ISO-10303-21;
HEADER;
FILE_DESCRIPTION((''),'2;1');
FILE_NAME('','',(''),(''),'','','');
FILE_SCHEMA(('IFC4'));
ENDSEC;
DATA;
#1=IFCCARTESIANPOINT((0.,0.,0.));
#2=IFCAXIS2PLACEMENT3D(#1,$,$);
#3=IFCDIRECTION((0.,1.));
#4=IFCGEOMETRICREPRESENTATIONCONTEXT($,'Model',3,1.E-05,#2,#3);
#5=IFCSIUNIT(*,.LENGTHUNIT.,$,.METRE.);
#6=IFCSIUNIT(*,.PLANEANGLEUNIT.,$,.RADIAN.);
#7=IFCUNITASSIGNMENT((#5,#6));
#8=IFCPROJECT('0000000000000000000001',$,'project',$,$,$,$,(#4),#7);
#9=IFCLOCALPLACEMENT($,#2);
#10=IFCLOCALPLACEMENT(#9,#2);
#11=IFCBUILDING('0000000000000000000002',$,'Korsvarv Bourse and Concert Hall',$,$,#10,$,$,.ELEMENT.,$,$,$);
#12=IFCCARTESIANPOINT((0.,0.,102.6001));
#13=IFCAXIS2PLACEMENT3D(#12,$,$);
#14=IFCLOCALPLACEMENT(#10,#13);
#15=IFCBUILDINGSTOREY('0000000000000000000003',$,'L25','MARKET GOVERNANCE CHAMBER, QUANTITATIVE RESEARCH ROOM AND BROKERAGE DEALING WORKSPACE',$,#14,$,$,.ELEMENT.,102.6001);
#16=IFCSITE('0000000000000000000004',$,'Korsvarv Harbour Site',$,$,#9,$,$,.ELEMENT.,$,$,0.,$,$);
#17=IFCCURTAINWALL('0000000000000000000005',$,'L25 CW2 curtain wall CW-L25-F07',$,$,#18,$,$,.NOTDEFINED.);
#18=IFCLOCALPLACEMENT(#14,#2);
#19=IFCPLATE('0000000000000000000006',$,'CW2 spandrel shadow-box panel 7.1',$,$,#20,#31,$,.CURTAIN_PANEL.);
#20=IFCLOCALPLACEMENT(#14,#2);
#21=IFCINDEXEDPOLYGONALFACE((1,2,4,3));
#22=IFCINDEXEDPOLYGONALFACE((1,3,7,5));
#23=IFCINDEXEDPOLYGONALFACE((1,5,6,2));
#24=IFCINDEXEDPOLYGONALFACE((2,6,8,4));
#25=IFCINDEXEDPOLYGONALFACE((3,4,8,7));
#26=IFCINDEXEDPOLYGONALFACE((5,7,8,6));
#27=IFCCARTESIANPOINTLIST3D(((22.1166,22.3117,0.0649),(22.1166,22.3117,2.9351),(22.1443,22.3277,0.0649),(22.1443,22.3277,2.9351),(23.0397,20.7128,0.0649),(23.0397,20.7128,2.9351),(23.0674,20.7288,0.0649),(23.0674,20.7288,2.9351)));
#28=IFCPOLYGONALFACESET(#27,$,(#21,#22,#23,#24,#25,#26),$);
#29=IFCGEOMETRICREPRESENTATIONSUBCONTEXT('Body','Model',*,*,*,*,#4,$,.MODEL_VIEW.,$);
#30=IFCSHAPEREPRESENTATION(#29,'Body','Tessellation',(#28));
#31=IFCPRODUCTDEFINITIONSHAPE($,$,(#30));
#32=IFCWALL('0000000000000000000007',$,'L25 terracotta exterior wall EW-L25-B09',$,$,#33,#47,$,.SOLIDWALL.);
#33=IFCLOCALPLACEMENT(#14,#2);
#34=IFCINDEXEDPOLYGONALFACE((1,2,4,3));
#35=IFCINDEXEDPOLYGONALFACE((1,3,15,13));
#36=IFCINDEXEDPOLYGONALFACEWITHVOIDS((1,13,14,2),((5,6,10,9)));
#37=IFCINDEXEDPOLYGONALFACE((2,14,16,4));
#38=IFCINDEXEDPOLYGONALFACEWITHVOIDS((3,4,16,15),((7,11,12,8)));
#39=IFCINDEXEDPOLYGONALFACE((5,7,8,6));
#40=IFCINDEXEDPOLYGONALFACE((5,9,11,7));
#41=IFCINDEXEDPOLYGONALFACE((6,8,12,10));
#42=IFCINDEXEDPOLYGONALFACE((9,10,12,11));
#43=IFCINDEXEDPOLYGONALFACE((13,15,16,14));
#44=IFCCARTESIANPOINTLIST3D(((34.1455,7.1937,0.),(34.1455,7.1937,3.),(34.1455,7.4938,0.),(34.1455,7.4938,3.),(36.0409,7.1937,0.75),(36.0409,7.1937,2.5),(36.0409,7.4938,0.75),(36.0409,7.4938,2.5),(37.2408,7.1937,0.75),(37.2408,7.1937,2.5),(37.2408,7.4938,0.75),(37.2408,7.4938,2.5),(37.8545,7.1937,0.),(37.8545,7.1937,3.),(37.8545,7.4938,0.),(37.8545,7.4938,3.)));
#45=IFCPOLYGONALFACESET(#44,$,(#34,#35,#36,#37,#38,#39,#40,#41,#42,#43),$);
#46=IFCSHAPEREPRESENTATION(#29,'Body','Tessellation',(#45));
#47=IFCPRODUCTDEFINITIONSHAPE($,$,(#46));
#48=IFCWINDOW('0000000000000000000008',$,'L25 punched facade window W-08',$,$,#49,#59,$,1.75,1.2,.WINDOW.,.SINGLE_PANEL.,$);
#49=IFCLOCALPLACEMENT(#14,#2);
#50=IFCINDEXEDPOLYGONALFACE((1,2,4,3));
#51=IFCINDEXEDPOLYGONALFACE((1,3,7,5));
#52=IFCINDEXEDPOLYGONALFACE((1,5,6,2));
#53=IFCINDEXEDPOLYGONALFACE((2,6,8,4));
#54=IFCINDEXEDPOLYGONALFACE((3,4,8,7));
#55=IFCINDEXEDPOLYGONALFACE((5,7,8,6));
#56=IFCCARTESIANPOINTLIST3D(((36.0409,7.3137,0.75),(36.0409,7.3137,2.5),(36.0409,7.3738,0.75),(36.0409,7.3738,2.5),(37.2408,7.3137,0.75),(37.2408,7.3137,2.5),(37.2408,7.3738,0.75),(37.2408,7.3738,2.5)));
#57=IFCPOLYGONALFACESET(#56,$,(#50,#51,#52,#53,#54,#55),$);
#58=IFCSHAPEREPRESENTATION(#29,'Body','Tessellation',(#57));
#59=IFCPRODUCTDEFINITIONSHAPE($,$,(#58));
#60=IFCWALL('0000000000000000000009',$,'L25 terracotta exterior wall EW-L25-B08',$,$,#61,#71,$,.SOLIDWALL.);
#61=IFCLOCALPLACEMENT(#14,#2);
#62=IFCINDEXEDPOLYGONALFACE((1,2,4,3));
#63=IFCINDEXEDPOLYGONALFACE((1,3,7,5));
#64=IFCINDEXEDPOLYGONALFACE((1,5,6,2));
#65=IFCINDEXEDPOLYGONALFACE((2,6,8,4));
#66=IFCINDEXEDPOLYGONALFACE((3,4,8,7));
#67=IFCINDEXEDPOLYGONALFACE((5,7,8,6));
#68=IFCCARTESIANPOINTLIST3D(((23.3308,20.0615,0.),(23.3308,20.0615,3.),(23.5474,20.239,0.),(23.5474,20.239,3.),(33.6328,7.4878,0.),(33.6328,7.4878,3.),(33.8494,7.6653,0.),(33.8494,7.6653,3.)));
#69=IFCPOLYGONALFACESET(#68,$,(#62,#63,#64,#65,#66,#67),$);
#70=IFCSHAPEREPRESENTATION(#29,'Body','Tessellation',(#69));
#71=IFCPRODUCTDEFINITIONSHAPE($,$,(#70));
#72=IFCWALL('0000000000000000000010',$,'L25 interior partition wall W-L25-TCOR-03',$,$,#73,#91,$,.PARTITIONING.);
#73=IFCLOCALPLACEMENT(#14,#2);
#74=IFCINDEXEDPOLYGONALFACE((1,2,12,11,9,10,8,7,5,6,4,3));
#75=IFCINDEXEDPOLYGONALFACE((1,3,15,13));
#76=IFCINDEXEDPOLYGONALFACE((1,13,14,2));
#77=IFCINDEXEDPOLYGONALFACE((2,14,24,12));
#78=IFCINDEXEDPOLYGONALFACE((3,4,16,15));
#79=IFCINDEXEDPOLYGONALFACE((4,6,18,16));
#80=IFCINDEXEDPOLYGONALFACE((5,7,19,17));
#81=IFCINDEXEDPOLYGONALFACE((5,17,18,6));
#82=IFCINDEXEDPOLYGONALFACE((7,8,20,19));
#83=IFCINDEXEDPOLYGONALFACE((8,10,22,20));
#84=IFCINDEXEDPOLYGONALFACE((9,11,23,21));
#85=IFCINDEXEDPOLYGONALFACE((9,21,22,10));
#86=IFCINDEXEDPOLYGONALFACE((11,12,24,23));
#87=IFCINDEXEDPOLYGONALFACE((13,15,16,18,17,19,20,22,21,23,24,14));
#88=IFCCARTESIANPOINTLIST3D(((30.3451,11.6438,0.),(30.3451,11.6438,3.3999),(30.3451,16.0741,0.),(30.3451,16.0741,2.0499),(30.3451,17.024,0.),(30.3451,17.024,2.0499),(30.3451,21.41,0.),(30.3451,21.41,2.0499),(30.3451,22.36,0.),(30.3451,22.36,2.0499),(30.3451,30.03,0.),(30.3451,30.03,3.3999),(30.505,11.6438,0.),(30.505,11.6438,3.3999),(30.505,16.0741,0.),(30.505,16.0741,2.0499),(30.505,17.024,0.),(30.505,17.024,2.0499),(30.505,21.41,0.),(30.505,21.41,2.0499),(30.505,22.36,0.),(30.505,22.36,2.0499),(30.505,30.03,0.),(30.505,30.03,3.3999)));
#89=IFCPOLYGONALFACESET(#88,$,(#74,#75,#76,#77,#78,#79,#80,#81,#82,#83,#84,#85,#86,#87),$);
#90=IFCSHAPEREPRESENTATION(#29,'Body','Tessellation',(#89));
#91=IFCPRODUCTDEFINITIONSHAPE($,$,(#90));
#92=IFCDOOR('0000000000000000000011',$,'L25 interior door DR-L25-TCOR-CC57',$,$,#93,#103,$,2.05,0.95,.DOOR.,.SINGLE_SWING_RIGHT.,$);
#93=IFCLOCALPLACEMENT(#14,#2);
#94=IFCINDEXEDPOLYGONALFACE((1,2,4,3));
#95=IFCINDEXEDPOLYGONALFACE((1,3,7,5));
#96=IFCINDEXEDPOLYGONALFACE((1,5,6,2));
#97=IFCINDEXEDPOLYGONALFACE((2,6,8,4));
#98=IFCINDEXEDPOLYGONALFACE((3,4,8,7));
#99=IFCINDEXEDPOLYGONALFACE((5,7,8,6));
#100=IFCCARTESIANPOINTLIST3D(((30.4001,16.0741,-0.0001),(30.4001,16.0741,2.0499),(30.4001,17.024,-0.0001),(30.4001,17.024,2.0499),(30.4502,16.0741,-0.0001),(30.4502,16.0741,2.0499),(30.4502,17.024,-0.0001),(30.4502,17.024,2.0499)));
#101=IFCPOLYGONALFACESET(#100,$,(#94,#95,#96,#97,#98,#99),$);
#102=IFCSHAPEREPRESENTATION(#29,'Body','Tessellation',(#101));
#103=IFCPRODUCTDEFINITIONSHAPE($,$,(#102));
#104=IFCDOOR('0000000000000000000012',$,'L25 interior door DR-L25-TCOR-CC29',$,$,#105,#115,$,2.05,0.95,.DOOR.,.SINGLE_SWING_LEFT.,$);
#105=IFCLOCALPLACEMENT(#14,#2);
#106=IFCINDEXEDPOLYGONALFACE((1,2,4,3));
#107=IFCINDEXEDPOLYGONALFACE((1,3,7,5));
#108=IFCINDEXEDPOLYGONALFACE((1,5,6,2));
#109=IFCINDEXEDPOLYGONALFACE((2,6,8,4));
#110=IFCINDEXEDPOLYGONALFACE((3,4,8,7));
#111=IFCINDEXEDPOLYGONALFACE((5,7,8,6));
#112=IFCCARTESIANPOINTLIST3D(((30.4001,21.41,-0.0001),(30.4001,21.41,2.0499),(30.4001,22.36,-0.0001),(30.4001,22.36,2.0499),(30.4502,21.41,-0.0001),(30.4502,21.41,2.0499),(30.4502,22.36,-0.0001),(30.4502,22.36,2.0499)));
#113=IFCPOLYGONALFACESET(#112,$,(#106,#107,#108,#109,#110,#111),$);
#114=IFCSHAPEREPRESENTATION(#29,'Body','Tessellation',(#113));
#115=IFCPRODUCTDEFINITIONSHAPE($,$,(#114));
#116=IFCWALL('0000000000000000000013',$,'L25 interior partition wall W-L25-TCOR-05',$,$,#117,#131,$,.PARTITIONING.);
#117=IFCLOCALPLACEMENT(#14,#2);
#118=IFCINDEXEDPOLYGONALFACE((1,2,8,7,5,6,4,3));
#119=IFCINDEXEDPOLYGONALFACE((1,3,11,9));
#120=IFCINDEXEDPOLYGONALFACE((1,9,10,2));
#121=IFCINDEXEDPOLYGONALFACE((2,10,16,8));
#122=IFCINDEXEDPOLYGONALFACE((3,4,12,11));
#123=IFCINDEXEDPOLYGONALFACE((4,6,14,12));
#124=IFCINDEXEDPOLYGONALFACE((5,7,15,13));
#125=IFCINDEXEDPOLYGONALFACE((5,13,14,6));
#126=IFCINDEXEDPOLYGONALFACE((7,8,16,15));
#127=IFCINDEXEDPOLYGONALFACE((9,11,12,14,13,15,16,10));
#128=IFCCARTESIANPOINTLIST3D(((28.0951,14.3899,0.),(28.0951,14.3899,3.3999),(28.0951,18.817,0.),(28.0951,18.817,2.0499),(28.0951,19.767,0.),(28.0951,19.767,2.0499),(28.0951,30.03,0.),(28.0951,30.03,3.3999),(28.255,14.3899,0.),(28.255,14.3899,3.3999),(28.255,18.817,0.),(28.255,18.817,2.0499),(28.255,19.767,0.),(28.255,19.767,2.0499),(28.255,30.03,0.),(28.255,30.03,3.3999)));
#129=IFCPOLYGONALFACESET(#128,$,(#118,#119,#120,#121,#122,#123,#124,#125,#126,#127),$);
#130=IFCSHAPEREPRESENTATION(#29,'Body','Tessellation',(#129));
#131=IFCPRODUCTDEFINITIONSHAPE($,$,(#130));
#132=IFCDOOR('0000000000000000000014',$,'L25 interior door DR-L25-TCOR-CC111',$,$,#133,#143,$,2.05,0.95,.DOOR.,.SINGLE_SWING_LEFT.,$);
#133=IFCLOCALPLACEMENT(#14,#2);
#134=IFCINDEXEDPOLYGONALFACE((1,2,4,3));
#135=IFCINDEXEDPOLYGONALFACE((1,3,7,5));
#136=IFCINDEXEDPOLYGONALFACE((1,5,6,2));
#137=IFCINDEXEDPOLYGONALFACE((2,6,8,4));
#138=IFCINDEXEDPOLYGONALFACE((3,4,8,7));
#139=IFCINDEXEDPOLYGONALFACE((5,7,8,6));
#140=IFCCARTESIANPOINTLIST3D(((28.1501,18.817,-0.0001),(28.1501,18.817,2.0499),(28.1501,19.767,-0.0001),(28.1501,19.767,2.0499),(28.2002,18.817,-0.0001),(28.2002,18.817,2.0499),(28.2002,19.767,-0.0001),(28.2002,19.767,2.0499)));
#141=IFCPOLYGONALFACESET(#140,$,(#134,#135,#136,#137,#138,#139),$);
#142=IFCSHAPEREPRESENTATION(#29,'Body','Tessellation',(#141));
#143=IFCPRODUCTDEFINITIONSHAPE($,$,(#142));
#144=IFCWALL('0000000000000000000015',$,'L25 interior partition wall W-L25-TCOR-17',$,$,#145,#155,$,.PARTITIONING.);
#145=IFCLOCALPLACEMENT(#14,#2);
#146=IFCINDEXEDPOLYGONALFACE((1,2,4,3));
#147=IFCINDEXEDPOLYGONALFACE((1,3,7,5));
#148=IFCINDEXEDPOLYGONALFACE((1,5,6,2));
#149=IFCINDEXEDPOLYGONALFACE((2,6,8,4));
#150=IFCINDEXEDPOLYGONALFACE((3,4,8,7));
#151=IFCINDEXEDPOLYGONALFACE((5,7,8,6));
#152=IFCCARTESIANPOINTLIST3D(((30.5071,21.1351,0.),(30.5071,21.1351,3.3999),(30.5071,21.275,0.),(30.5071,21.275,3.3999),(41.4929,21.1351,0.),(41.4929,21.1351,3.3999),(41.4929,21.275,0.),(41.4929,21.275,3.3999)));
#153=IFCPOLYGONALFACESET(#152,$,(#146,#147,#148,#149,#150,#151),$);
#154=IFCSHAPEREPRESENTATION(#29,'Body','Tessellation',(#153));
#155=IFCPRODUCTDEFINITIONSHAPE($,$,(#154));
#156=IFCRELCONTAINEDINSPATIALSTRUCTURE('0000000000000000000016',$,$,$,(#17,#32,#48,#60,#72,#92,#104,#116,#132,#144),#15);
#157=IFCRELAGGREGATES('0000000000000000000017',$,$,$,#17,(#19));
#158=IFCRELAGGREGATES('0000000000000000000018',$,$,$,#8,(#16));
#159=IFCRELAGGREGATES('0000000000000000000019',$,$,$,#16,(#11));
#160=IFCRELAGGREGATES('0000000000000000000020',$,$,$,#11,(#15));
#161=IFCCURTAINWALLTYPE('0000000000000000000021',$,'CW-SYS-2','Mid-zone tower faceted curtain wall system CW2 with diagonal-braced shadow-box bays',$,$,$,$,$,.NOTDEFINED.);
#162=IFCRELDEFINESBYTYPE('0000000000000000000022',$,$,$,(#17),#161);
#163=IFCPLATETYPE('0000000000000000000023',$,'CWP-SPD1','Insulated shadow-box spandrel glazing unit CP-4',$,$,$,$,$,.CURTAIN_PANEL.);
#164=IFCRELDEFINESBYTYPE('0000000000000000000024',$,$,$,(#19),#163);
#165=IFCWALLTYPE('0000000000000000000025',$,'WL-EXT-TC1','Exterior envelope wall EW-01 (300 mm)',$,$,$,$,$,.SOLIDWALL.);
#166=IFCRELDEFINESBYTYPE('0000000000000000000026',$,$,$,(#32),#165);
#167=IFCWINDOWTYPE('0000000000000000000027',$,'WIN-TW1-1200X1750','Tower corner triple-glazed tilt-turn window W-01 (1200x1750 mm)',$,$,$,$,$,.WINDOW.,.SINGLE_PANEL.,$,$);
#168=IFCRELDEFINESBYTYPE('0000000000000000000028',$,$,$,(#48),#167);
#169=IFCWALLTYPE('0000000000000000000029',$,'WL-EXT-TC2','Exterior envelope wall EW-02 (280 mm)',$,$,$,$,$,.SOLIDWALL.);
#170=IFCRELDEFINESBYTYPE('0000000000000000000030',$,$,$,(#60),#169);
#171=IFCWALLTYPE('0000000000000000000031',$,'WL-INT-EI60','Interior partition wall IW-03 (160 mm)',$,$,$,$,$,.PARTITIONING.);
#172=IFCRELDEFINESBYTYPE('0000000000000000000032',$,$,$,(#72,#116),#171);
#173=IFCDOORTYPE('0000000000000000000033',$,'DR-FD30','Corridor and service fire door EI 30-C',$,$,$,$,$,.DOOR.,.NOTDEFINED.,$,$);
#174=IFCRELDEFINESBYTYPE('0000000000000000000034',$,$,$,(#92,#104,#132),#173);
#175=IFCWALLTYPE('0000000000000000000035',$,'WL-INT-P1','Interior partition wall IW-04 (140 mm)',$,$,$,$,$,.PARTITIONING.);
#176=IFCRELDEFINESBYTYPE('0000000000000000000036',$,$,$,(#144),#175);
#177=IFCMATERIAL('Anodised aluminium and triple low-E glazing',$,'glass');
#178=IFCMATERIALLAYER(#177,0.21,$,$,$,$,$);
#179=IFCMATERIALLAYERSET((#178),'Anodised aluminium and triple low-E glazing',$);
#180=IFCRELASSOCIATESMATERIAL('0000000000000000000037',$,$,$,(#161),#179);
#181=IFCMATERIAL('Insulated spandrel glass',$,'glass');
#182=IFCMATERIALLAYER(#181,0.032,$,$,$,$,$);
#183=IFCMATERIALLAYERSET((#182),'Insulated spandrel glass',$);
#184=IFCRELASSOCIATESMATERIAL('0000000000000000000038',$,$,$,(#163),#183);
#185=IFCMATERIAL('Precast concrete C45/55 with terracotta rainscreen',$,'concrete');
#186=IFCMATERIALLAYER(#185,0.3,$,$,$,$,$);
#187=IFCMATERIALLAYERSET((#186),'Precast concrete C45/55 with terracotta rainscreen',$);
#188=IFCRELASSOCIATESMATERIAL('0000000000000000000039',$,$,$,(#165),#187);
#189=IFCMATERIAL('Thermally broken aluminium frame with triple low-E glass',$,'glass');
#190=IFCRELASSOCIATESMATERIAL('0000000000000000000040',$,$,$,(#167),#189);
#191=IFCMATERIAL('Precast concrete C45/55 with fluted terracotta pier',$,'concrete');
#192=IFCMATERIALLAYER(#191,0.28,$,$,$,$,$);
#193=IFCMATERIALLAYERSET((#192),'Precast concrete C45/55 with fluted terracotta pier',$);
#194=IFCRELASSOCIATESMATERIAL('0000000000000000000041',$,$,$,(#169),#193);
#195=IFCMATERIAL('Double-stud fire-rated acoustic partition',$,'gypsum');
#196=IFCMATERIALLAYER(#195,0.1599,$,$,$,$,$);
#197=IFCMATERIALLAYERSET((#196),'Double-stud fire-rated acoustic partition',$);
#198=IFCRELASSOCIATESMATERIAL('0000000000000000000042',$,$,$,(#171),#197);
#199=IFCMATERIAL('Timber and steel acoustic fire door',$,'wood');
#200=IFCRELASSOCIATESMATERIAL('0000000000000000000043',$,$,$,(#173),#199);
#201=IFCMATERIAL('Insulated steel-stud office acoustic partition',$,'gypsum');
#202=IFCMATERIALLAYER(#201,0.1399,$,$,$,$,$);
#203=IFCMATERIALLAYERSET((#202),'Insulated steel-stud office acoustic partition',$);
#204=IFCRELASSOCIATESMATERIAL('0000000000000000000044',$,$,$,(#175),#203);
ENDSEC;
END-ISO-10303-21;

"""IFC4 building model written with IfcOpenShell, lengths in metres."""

from ifc_helpers import new_model, si_unit, direction, frame, frame_2d, origin, origin_2d, place, context, subcontext, project, spatial, rectangle, extrude, source, transform, mapped, material, layer, layer_set, type_object, element, fill, aggregate, save


model = new_model("IFC4")

# Units and contexts
model_context = context("Model", 3, precision=1e-05, world=origin(), true_north=direction((0.0, 1.0)))
body_context = subcontext(model_context, "Body", "Model", "MODEL_VIEW")
ifc_project = project(units=[si_unit("LENGTHUNIT", "METRE"), si_unit("PLANEANGLEUNIT", "RADIAN")], contexts=[model_context])

# Site, building, storey
site_placement = place(None, origin())
site = spatial("IfcSite", under=ifc_project, at=site_placement, Name="Korsvarv Harbour Site", CompositionType="ELEMENT", RefElevation=0.0)
building_placement = place(site_placement, origin())
building = spatial("IfcBuilding", under=site, at=building_placement, Name="Korsvarv Bourse and Concert Hall", CompositionType="ELEMENT")
storey_placement = place(building_placement, frame((0.0, 0.0, 102.6001)))
storey = spatial("IfcBuildingStorey", under=building, at=storey_placement, Name="L25", Description="MARKET GOVERNANCE CHAMBER, QUANTITATIVE RESEARCH ROOM AND BROKERAGE DEALING WORKSPACE", CompositionType="ELEMENT", Elevation=102.6001)

# Curtain wall, plate
ifc_material_1 = material(Name="Anodised aluminium and triple low-E glazing", Category="glass")
ifc_layer_1 = layer(ifc_material_1, 0.21)
ifc_layer_set_1 = layer_set([ifc_layer_1], Name="Anodised aluminium and triple low-E glazing")
curtain_wall_type = type_object("IfcCurtainWallType", Name="CW-SYS-2", Description="Mid-zone tower faceted curtain wall system CW2 with diagonal-braced shadow-box bays", PredefinedType="NOTDEFINED", material=ifc_layer_set_1)
curtain_wall_placement = place(storey_placement, origin())
curtain_wall = element("IfcCurtainWall", 1, at=curtain_wall_placement, inside=storey, type_object=curtain_wall_type, Name="L25 CW2 curtain wall CW-L25-F07", PredefinedType="NOTDEFINED")
ifc_material_2 = material(Name="Insulated spandrel glass", Category="glass")
ifc_layer_2 = layer(ifc_material_2, 0.032)
ifc_layer_set_2 = layer_set([ifc_layer_2], Name="Insulated spandrel glass")
plate_type = type_object("IfcPlateType", Name="CWP-SPD1", Description="Insulated shadow-box spandrel glazing unit CP-4", PredefinedType="CURTAIN_PANEL", material=ifc_layer_set_2)
shared_shape_1 = source(origin(), body_context, "Body", "SweptSolid", [
    extrude(rectangle(XDim=1.8462, YDim=0.032, at=origin_2d()), origin(), (0.0, 0.0, 1.0), 2.8701),
])
plate_placement = place(storey_placement, frame((22.592, 21.5203, 0.0649), z_axis=(0.0, 0.0, 1.0), x_axis=(0.500002, -0.866024, 0.0)))
plate = element("IfcPlate", 2, at=plate_placement, type_object=plate_type, Name="CW2 spandrel shadow-box panel 7.1", PredefinedType="CURTAIN_PANEL", context=body_context, shape_type="MappedRepresentation", body=[
    mapped(shared_shape_1, transform((0.0, 0.0, 0.0), scale=1.0)),
])
aggregate(curtain_wall, [plate])

# Wall, opening, window
ifc_material_3 = material(Name="Precast concrete C45/55 with terracotta rainscreen", Category="concrete")
ifc_layer_3 = layer(ifc_material_3, 0.3)
ifc_layer_set_3 = layer_set([ifc_layer_3], Name="Precast concrete C45/55 with terracotta rainscreen")
wall_type_1 = type_object("IfcWallType", Name="WL-EXT-TC1", Description="Exterior envelope wall EW-01 (300 mm)", PredefinedType="SOLIDWALL", material=ifc_layer_set_3)
wall_1_placement = place(storey_placement, frame((34.1455, 7.3438, 0.0), z_axis=(0.0, 0.0, 1.0), x_axis=(1.0, 0.0, 0.0)))
wall_1 = element("IfcWall", 3, at=wall_1_placement, inside=storey, type_object=wall_type_1, Name="L25 terracotta exterior wall EW-L25-B09", PredefinedType="SOLIDWALL", context=body_context, shape_type="SweptSolid", body=[
    extrude(rectangle(XDim=3.709, YDim=0.3, at=frame_2d((1.8545, 0.0))), origin(), (0.0, 0.0, 1.0), 3.0),
])
opening_1_placement = place(wall_1_placement, frame((1.8953, 0.0, 0.75)))
opening_1 = element("IfcOpeningElement", 4, at=opening_1_placement, cuts=wall_1, PredefinedType="OPENING", context=body_context, shape_type="SweptSolid", body=[
    extrude(rectangle(XDim=1.2, YDim=1.75, at=frame_2d((0.6001, 0.875))), frame((0.0, 0.1602, 0.0), z_axis=(0.0, -1.0, 0.0), x_axis=(1.0, 0.0, 0.0)), (0.0, 0.0, 1.0), 0.3201),
])
ifc_material_4 = material(Name="Thermally broken aluminium frame with triple low-E glass", Category="glass")
window_type = type_object("IfcWindowType", Name="WIN-TW1-1200X1750", Description="Tower corner triple-glazed tilt-turn window W-01 (1200x1750 mm)", PartitioningType="SINGLE_PANEL", PredefinedType="WINDOW", material=ifc_material_4)
window_placement = place(opening_1_placement, origin())
window = element("IfcWindow", 5, at=window_placement, inside=storey, type_object=window_type, Name="L25 punched facade window W-08", OverallHeight=1.75, OverallWidth=1.2, PartitioningType="SINGLE_PANEL", PredefinedType="WINDOW", context=body_context, shape_type="SweptSolid", body=[
    extrude(rectangle(XDim=1.2, YDim=1.75, at=frame_2d((0.6001, 0.875))), frame((0.0, 0.03, 0.0), z_axis=(0.0, -1.0, 0.0), x_axis=(1.0, 0.0, 0.0)), (0.0, 0.0, 1.0), 0.0601),
])
fill(opening_1, window)

# Wall
ifc_material_5 = material(Name="Precast concrete C45/55 with fluted terracotta pier", Category="concrete")
ifc_layer_4 = layer(ifc_material_5, 0.28)
ifc_layer_set_4 = layer_set([ifc_layer_4], Name="Precast concrete C45/55 with fluted terracotta pier")
wall_type_2 = type_object("IfcWallType", Name="WL-EXT-TC2", Description="Exterior envelope wall EW-02 (280 mm)", PredefinedType="SOLIDWALL", material=ifc_layer_set_4)
wall_2_placement = place(storey_placement, frame((23.4392, 20.1501, 0.0), z_axis=(0.0, 0.0, 1.0), x_axis=(0.633768, -0.773523, 0.0)))
element("IfcWall", 6, at=wall_2_placement, inside=storey, type_object=wall_type_2, Name="L25 terracotta exterior wall EW-L25-B08", PredefinedType="SOLIDWALL", context=body_context, shape_type="SweptSolid", body=[
    extrude(rectangle(XDim=16.2551, YDim=0.28, at=frame_2d((8.1274, 0.0))), origin(), (0.0, 0.0, 1.0), 3.0),
])

# Wall, openings, doors
ifc_material_6 = material(Name="Double-stud fire-rated acoustic partition", Category="gypsum")
ifc_layer_5 = layer(ifc_material_6, 0.1599)
ifc_layer_set_5 = layer_set([ifc_layer_5], Name="Double-stud fire-rated acoustic partition")
wall_type_3 = type_object("IfcWallType", Name="WL-INT-EI60", Description="Interior partition wall IW-03 (160 mm)", PredefinedType="PARTITIONING", material=ifc_layer_set_5)
wall_3_placement = place(storey_placement, frame((30.425, 11.6438, 0.0), z_axis=(0.0, 0.0, 1.0), x_axis=(0.0, 1.0, 0.0)))
wall_3 = element("IfcWall", 7, at=wall_3_placement, inside=storey, type_object=wall_type_3, Name="L25 interior partition wall W-L25-TCOR-03", PredefinedType="PARTITIONING", context=body_context, shape_type="SweptSolid", body=[
    extrude(rectangle(XDim=18.3862, YDim=0.1599, at=frame_2d((9.1931, 0.0))), origin(), (0.0, 0.0, 1.0), 3.3999),
])
opening_2_placement = place(wall_3_placement, frame((4.4302, 0.0, 0.0)))
opening_2 = element("IfcOpeningElement", 8, at=opening_2_placement, cuts=wall_3, PredefinedType="OPENING", context=body_context, shape_type="SweptSolid", body=[
    extrude(rectangle(XDim=0.95, YDim=2.05, at=frame_2d((0.4751, 1.0249))), frame((0.0, 0.0898, 0.0), z_axis=(0.0, -1.0, 0.0), x_axis=(1.0, 0.0, 0.0)), (0.0, 0.0, 1.0), 0.1799),
])
opening_3_placement = place(wall_3_placement, frame((9.7661, 0.0, 0.0)))
opening_3 = element("IfcOpeningElement", 9, at=opening_3_placement, cuts=wall_3, PredefinedType="OPENING", context=body_context, shape_type="SweptSolid", body=[
    extrude(rectangle(XDim=0.95, YDim=2.05, at=frame_2d((0.4751, 1.0249))), frame((0.0, 0.0898, 0.0), z_axis=(0.0, -1.0, 0.0), x_axis=(1.0, 0.0, 0.0)), (0.0, 0.0, 1.0), 0.1799),
])
ifc_material_7 = material(Name="Timber and steel acoustic fire door", Category="wood")
door_type = type_object("IfcDoorType", Name="DR-FD30", Description="Corridor and service fire door EI 30-C", OperationType="NOTDEFINED", PredefinedType="DOOR", material=ifc_material_7)
door_1_placement = place(opening_2_placement, origin())
door_1 = element("IfcDoor", 10, at=door_1_placement, inside=storey, type_object=door_type, Name="L25 interior door DR-L25-TCOR-CC57", OperationType="SINGLE_SWING_RIGHT", OverallHeight=2.05, OverallWidth=0.95, PredefinedType="DOOR", context=body_context, shape_type="SweptSolid", body=[
    extrude(rectangle(XDim=0.95, YDim=2.05, at=frame_2d((0.4751, 1.0249))), frame((0.0, 0.0249, 0.0), z_axis=(0.0, -1.0, 0.0), x_axis=(1.0, 0.0, 0.0)), (0.0, 0.0, 1.0), 0.05),
])
fill(opening_2, door_1)
door_2_placement = place(opening_3_placement, origin())
door_2 = element("IfcDoor", 11, at=door_2_placement, inside=storey, type_object=door_type, Name="L25 interior door DR-L25-TCOR-CC29", OperationType="SINGLE_SWING_LEFT", OverallHeight=2.05, OverallWidth=0.95, PredefinedType="DOOR", context=body_context, shape_type="SweptSolid", body=[
    extrude(rectangle(XDim=0.95, YDim=2.05, at=frame_2d((0.4751, 1.0249))), frame((0.0, 0.0249, 0.0), z_axis=(0.0, -1.0, 0.0), x_axis=(1.0, 0.0, 0.0)), (0.0, 0.0, 1.0), 0.05),
])
fill(opening_3, door_2)

# Wall, opening, door
wall_4_placement = place(storey_placement, frame((28.175, 14.3899, 0.0), z_axis=(0.0, 0.0, 1.0), x_axis=(0.0, 1.0, 0.0)))
wall_4 = element("IfcWall", 12, at=wall_4_placement, inside=storey, type_object=wall_type_3, Name="L25 interior partition wall W-L25-TCOR-05", PredefinedType="PARTITIONING", context=body_context, shape_type="SweptSolid", body=[
    extrude(rectangle(XDim=15.6401, YDim=0.1599, at=frame_2d((7.8201, 0.0))), origin(), (0.0, 0.0, 1.0), 3.3999),
])
opening_4_placement = place(wall_4_placement, frame((4.427, 0.0, 0.0)))
opening_4 = element("IfcOpeningElement", 13, at=opening_4_placement, cuts=wall_4, PredefinedType="OPENING", context=body_context, shape_type="SweptSolid", body=[
    extrude(rectangle(XDim=0.95, YDim=2.05, at=frame_2d((0.4751, 1.0249))), frame((0.0, 0.0898, 0.0), z_axis=(0.0, -1.0, 0.0), x_axis=(1.0, 0.0, 0.0)), (0.0, 0.0, 1.0), 0.1799),
])
door_3_placement = place(opening_4_placement, origin())
door_3 = element("IfcDoor", 14, at=door_3_placement, inside=storey, type_object=door_type, Name="L25 interior door DR-L25-TCOR-CC111", OperationType="SINGLE_SWING_LEFT", OverallHeight=2.05, OverallWidth=0.95, PredefinedType="DOOR", context=body_context, shape_type="SweptSolid", body=[
    extrude(rectangle(XDim=0.95, YDim=2.05, at=frame_2d((0.4751, 1.0249))), frame((0.0, 0.0249, 0.0), z_axis=(0.0, -1.0, 0.0), x_axis=(1.0, 0.0, 0.0)), (0.0, 0.0, 1.0), 0.05),
])
fill(opening_4, door_3)

# Wall
ifc_material_8 = material(Name="Insulated steel-stud office acoustic partition", Category="gypsum")
ifc_layer_6 = layer(ifc_material_8, 0.1399)
ifc_layer_set_6 = layer_set([ifc_layer_6], Name="Insulated steel-stud office acoustic partition")
wall_type_4 = type_object("IfcWallType", Name="WL-INT-P1", Description="Interior partition wall IW-04 (140 mm)", PredefinedType="PARTITIONING", material=ifc_layer_set_6)
wall_5_placement = place(storey_placement, frame((30.5071, 21.2051, 0.0), z_axis=(0.0, 0.0, 1.0), x_axis=(1.0, 0.0, 0.0)))
element("IfcWall", 15, at=wall_5_placement, inside=storey, type_object=wall_type_4, Name="L25 interior partition wall W-L25-TCOR-17", PredefinedType="PARTITIONING", context=body_context, shape_type="SweptSolid", body=[
    extrude(rectangle(XDim=10.9858, YDim=0.1399, at=frame_2d((5.4929, 0.0))), origin(), (0.0, 0.0, 1.0), 3.3999),
])

save(model, "model.ifc")
